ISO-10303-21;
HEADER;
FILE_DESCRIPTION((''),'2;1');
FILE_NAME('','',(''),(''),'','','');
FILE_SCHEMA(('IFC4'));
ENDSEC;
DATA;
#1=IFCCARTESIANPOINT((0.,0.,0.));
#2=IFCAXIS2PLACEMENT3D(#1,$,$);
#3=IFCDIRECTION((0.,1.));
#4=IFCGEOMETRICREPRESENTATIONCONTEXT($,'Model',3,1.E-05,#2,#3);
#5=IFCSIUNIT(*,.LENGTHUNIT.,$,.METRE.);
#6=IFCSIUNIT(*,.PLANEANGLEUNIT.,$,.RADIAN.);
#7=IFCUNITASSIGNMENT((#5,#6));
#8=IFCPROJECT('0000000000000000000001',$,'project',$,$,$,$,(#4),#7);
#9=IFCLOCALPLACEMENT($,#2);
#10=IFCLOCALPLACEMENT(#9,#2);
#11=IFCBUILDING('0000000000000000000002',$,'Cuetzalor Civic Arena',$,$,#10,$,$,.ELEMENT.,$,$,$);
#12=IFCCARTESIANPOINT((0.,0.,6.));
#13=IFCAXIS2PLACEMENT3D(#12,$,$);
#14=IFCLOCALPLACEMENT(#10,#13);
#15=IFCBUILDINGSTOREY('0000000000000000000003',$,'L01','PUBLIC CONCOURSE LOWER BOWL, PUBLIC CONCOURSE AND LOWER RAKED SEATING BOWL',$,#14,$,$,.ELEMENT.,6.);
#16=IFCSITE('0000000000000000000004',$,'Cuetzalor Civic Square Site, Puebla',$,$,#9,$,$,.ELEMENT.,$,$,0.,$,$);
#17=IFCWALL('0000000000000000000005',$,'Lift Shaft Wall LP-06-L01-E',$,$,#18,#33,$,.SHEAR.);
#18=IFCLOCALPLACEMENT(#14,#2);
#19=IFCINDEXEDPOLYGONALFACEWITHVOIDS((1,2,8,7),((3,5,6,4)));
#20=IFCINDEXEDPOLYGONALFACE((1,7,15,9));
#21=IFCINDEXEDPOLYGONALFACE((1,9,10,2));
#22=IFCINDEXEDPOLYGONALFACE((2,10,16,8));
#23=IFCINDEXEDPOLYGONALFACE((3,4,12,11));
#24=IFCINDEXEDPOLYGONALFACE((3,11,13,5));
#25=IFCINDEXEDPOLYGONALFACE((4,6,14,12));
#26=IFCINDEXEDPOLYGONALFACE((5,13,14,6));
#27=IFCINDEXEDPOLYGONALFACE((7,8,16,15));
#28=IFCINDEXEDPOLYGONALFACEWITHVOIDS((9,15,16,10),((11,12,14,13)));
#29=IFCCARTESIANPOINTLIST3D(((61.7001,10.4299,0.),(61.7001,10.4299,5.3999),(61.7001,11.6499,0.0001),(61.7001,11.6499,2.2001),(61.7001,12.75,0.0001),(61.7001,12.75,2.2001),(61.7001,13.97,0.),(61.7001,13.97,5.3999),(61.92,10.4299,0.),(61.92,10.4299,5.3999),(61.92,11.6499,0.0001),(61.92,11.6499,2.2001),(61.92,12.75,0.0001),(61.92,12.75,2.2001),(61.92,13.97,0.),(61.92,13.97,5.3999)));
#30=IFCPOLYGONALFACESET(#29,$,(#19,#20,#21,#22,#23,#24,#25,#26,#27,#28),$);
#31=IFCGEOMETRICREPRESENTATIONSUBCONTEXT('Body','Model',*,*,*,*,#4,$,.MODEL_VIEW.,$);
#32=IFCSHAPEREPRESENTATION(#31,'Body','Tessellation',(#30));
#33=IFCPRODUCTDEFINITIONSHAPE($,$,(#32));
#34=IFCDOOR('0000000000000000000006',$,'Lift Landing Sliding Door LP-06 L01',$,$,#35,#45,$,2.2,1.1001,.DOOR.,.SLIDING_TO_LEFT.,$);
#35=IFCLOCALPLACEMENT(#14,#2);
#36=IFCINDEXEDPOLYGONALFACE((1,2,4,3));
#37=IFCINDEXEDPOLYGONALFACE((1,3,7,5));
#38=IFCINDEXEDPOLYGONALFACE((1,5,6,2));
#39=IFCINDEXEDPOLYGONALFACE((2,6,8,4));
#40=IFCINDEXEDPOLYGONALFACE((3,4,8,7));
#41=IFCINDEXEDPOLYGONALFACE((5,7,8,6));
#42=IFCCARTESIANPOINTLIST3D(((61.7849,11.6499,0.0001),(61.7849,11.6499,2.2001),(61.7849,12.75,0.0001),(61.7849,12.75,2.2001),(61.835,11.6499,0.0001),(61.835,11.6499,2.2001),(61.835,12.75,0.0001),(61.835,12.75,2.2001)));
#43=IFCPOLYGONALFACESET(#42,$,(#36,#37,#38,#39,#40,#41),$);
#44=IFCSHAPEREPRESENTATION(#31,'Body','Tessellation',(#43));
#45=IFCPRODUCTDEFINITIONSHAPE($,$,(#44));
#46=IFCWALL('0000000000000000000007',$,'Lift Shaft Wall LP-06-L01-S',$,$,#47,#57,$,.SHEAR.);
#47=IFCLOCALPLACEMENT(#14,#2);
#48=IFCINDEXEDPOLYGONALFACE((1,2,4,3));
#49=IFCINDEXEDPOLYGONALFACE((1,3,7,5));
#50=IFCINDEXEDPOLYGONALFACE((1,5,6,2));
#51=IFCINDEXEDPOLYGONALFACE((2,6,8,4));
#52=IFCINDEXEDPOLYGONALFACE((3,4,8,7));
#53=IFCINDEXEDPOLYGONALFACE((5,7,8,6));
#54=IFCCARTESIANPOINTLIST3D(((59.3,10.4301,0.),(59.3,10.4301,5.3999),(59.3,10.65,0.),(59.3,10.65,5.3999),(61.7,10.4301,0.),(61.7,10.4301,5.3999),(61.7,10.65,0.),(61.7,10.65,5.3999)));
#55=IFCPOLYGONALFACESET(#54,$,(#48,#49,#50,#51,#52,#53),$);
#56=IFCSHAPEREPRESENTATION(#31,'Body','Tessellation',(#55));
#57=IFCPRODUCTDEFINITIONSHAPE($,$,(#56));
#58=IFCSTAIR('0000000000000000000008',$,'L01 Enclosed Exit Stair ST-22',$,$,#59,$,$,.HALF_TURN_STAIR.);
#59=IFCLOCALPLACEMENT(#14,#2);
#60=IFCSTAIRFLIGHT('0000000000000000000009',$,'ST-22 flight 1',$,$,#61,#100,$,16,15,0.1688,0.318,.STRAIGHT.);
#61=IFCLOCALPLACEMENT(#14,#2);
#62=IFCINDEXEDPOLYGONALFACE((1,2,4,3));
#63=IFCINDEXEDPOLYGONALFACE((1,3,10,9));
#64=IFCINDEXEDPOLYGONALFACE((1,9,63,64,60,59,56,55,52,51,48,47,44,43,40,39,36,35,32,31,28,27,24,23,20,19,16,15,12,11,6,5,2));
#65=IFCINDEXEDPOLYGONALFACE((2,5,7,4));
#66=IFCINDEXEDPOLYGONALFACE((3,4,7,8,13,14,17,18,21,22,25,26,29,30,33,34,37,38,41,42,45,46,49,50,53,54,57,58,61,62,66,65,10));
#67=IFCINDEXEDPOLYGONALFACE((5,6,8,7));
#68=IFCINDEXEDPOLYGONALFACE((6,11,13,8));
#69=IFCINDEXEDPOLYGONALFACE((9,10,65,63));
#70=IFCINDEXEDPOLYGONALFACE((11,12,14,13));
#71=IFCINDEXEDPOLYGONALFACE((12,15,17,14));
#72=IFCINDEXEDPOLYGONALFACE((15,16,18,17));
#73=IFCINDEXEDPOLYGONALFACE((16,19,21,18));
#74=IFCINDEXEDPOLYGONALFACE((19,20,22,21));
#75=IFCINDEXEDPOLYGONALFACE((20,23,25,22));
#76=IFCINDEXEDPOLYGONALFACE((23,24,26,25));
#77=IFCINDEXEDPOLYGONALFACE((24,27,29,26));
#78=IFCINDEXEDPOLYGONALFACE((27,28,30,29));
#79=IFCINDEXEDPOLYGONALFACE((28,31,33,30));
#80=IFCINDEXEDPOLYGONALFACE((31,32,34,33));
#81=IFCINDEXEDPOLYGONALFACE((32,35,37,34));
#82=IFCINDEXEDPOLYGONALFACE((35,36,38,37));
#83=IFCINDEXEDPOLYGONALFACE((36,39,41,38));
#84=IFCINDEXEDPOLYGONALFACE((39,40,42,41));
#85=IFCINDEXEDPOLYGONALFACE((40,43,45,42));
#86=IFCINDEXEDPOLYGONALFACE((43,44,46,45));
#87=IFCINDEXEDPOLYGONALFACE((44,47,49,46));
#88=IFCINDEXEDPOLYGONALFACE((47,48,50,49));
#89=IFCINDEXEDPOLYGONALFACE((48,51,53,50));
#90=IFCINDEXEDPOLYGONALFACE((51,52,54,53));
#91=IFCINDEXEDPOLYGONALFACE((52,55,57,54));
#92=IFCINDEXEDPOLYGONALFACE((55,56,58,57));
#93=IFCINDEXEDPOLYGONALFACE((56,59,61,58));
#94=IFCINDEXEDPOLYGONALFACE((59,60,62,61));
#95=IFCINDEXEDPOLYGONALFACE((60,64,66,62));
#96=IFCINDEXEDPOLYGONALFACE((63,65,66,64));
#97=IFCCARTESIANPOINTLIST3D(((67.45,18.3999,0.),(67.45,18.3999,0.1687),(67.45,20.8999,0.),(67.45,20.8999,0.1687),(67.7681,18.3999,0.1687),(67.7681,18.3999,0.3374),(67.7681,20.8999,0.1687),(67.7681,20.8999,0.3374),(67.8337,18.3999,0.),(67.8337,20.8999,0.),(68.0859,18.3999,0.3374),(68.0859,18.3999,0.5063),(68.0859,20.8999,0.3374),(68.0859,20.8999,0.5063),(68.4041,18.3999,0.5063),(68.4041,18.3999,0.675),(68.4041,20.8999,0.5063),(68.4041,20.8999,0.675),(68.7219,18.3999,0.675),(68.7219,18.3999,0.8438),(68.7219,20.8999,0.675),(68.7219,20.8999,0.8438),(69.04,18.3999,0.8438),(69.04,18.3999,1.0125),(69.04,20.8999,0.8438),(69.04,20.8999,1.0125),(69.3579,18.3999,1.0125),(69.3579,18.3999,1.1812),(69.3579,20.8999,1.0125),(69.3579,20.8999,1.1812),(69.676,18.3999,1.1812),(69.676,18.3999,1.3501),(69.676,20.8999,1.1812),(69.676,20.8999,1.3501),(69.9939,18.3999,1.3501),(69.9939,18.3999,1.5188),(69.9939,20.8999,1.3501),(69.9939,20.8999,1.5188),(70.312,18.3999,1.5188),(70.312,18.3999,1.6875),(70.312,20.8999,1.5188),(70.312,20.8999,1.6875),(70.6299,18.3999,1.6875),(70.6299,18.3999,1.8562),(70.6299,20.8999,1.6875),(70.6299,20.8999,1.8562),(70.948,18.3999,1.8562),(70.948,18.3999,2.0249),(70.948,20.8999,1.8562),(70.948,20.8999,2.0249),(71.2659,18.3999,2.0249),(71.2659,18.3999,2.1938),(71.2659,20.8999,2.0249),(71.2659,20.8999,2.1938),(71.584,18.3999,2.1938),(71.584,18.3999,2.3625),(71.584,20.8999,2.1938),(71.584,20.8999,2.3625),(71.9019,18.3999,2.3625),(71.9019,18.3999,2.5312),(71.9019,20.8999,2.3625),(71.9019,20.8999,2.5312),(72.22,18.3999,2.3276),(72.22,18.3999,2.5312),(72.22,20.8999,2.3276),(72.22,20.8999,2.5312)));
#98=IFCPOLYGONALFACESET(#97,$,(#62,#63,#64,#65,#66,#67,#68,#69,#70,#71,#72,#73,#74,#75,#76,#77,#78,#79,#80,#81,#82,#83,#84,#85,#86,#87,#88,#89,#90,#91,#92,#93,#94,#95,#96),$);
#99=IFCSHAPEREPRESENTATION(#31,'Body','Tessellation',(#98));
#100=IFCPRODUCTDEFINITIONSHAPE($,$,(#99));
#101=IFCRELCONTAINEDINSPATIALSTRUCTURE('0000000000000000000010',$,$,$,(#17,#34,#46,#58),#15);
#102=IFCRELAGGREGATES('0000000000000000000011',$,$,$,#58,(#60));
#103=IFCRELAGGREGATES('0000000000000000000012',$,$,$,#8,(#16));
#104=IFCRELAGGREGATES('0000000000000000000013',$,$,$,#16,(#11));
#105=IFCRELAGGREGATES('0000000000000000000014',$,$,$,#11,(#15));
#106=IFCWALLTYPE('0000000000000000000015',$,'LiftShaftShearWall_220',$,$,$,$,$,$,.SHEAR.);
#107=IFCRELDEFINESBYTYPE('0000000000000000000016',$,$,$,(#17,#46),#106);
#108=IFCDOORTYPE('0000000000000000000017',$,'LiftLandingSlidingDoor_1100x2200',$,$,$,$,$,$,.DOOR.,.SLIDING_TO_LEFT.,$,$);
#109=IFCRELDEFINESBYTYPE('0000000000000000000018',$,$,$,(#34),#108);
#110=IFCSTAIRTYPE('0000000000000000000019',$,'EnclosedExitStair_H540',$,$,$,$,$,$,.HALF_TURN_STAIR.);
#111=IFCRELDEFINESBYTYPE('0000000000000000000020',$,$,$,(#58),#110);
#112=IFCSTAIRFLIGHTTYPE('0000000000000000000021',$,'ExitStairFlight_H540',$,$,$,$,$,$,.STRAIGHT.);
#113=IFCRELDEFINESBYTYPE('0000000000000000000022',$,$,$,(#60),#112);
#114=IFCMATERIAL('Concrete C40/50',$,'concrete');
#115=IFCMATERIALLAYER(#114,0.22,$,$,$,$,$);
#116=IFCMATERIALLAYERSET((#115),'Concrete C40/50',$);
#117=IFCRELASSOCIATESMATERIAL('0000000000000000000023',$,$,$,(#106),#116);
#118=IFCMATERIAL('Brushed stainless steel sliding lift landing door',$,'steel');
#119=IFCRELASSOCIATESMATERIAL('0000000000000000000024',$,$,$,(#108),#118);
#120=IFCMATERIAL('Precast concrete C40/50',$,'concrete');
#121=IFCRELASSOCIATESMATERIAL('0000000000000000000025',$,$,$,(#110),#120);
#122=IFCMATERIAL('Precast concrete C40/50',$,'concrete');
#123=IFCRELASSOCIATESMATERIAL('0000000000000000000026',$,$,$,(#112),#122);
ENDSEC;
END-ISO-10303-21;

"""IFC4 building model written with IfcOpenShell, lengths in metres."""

from ifc_helpers import new_model, si_unit, direction, frame, frame_2d, origin, place, context, subcontext, project, spatial, polyline, rectangle, outline, extrude, material, layer, layer_set, type_object, element, fill, aggregate, save


model = new_model("IFC4")

# Units and contexts
model_context = context("Model", 3, precision=1e-05, world=origin(), true_north=direction((0.0, 1.0)))
body_context = subcontext(model_context, "Body", "Model", "MODEL_VIEW")
ifc_project = project(units=[si_unit("LENGTHUNIT", "METRE"), si_unit("PLANEANGLEUNIT", "RADIAN")], contexts=[model_context])

# Site, building, storey
site_placement = place(None, origin())
site = spatial("IfcSite", under=ifc_project, at=site_placement, Name="Cuetzalor Civic Square Site, Puebla", CompositionType="ELEMENT", RefElevation=0.0)
building_placement = place(site_placement, origin())
building = spatial("IfcBuilding", under=site, at=building_placement, Name="Cuetzalor Civic Arena", CompositionType="ELEMENT")
storey_placement = place(building_placement, frame((0.0, 0.0, 6.0)))
storey = spatial("IfcBuildingStorey", under=building, at=storey_placement, Name="L01", Description="PUBLIC CONCOURSE LOWER BOWL, PUBLIC CONCOURSE AND LOWER RAKED SEATING BOWL", CompositionType="ELEMENT", Elevation=6.0)

# Shared definitions
ifc_material_1 = material(Name="Concrete C40/50", Category="concrete")
ifc_layer_1 = layer(ifc_material_1, 0.22)
ifc_layer_set_1 = layer_set([ifc_layer_1], Name="Concrete C40/50")
wall_type_1 = type_object("IfcWallType", Name="LiftShaftShearWall_220", PredefinedType="SHEAR", material=ifc_layer_set_1)

# Wall, opening, door
wall_1_placement = place(storey_placement, frame((61.8101, 13.97, 0.0), z_axis=(0.0, 0.0, 1.0), x_axis=(0.0, -1.0, 0.0)))
wall_1 = element("IfcWall", 1, at=wall_1_placement, inside=storey, type_object=wall_type_1, Name="Lift Shaft Wall LP-06-L01-E", PredefinedType="SHEAR", context=body_context, shape_type="SweptSolid", body=[
    extrude(rectangle(XDim=3.54, YDim=0.22, at=frame_2d((1.77, 0.0))), origin(), (0.0, 0.0, 1.0), 5.3999),
])
opening_1_placement = place(wall_1_placement, frame((1.22, 0.0, 0.0)))
opening_1 = element("IfcOpeningElement", 2, at=opening_1_placement, cuts=wall_1, PredefinedType="OPENING", context=body_context, shape_type="SweptSolid", body=[
    extrude(rectangle(XDim=1.1001, YDim=2.2, at=frame_2d((0.55, 1.1001))), frame((0.0, 0.1201, 0.0), z_axis=(0.0, -1.0, 0.0), x_axis=(1.0, 0.0, 0.0)), (0.0, 0.0, 1.0), 0.24),
])
ifc_material_2 = material(Name="Brushed stainless steel sliding lift landing door", Category="steel")
door_type_1 = type_object("IfcDoorType", Name="LiftLandingSlidingDoor_1100x2200", OperationType="SLIDING_TO_LEFT", PredefinedType="DOOR", material=ifc_material_2)
door_1_placement = place(opening_1_placement, origin())
door_1 = element("IfcDoor", 3, at=door_1_placement, inside=storey, type_object=door_type_1, Name="Lift Landing Sliding Door LP-06 L01", OperationType="SLIDING_TO_LEFT", OverallHeight=2.2, OverallWidth=1.1001, PredefinedType="DOOR", context=body_context, shape_type="SweptSolid", body=[
    extrude(rectangle(XDim=1.1001, YDim=2.2, at=frame_2d((0.55, 1.1001))), frame((0.0, 0.0249, 0.0), z_axis=(0.0, -1.0, 0.0), x_axis=(1.0, 0.0, 0.0)), (0.0, 0.0, 1.0), 0.05),
])
fill(opening_1, door_1)

# Wall
wall_2_placement = place(storey_placement, frame((61.7, 10.54, 0.0), z_axis=(0.0, 0.0, 1.0), x_axis=(-1.0, 0.0, 0.0)))
element("IfcWall", 4, at=wall_2_placement, inside=storey, type_object=wall_type_1, Name="Lift Shaft Wall LP-06-L01-S", PredefinedType="SHEAR", context=body_context, shape_type="SweptSolid", body=[
    extrude(rectangle(XDim=2.3999, YDim=0.22, at=frame_2d((1.2, 0.0))), origin(), (0.0, 0.0, 1.0), 5.3999),
])

# Stair, stair flight
ifc_material_3 = material(Name="Precast concrete C40/50", Category="concrete")
stair_type = type_object("IfcStairType", Name="EnclosedExitStair_H540", PredefinedType="HALF_TURN_STAIR", material=ifc_material_3)
stair_placement = place(storey_placement, origin())
stair = element("IfcStair", 5, at=stair_placement, inside=storey, type_object=stair_type, Name="L01 Enclosed Exit Stair ST-22", PredefinedType="HALF_TURN_STAIR")
ifc_material_4 = material(Name="Precast concrete C40/50", Category="concrete")
stair_flight_type = type_object("IfcStairFlightType", Name="ExitStairFlight_H540", PredefinedType="STRAIGHT", material=ifc_material_4)
stair_flight_placement = place(storey_placement, frame((67.45, 19.6499, 0.0), z_axis=(0.0, 0.0, 1.0), x_axis=(1.0, 0.0, 0.0)))
stair_flight = element("IfcStairFlight", 6, at=stair_flight_placement, type_object=stair_flight_type, Name="ST-22 flight 1", NumberOfRisers=16, NumberOfTreads=15, PredefinedType="STRAIGHT", RiserHeight=0.1688, TreadLength=0.318, context=body_context, shape_type="SweptSolid", body=[
    extrude(outline(polyline([(0.0, 0.0), (0.0, 0.1687), (0.3181, 0.1687), (0.3181, 0.3374), (0.636, 0.3374), (0.636, 0.5063), (0.9541, 0.5063), (0.9541, 0.675), (1.272, 0.675), (1.272, 0.8438), (1.5901, 0.8438), (1.5901, 1.0125), (1.908, 1.0125), (1.908, 1.1812), (2.2261, 1.1812), (2.2261, 1.3501), (2.5439, 1.3501), (2.5439, 1.5188), (2.8621, 1.5188), (2.8621, 1.6875), (3.1799, 1.6875), (3.1799, 1.8562), (3.498, 1.8562), (3.498, 2.0249), (3.8159, 2.0249), (3.8159, 2.1938), (4.134, 2.1938), (4.134, 2.3625), (4.4519, 2.3625), (4.4519, 2.5312), (4.77, 2.5312), (4.77, 2.7), (4.77, 2.3276), (0.3838, 0.0), (0.0, 0.0)])), frame((0.0, 1.25, 0.0), z_axis=(0.0, -1.0, 0.0), x_axis=(1.0, 0.0, 0.0)), (0.0, 0.0, 1.0), 2.5),
])
aggregate(stair, [stair_flight])

save(model, "model.ifc")
